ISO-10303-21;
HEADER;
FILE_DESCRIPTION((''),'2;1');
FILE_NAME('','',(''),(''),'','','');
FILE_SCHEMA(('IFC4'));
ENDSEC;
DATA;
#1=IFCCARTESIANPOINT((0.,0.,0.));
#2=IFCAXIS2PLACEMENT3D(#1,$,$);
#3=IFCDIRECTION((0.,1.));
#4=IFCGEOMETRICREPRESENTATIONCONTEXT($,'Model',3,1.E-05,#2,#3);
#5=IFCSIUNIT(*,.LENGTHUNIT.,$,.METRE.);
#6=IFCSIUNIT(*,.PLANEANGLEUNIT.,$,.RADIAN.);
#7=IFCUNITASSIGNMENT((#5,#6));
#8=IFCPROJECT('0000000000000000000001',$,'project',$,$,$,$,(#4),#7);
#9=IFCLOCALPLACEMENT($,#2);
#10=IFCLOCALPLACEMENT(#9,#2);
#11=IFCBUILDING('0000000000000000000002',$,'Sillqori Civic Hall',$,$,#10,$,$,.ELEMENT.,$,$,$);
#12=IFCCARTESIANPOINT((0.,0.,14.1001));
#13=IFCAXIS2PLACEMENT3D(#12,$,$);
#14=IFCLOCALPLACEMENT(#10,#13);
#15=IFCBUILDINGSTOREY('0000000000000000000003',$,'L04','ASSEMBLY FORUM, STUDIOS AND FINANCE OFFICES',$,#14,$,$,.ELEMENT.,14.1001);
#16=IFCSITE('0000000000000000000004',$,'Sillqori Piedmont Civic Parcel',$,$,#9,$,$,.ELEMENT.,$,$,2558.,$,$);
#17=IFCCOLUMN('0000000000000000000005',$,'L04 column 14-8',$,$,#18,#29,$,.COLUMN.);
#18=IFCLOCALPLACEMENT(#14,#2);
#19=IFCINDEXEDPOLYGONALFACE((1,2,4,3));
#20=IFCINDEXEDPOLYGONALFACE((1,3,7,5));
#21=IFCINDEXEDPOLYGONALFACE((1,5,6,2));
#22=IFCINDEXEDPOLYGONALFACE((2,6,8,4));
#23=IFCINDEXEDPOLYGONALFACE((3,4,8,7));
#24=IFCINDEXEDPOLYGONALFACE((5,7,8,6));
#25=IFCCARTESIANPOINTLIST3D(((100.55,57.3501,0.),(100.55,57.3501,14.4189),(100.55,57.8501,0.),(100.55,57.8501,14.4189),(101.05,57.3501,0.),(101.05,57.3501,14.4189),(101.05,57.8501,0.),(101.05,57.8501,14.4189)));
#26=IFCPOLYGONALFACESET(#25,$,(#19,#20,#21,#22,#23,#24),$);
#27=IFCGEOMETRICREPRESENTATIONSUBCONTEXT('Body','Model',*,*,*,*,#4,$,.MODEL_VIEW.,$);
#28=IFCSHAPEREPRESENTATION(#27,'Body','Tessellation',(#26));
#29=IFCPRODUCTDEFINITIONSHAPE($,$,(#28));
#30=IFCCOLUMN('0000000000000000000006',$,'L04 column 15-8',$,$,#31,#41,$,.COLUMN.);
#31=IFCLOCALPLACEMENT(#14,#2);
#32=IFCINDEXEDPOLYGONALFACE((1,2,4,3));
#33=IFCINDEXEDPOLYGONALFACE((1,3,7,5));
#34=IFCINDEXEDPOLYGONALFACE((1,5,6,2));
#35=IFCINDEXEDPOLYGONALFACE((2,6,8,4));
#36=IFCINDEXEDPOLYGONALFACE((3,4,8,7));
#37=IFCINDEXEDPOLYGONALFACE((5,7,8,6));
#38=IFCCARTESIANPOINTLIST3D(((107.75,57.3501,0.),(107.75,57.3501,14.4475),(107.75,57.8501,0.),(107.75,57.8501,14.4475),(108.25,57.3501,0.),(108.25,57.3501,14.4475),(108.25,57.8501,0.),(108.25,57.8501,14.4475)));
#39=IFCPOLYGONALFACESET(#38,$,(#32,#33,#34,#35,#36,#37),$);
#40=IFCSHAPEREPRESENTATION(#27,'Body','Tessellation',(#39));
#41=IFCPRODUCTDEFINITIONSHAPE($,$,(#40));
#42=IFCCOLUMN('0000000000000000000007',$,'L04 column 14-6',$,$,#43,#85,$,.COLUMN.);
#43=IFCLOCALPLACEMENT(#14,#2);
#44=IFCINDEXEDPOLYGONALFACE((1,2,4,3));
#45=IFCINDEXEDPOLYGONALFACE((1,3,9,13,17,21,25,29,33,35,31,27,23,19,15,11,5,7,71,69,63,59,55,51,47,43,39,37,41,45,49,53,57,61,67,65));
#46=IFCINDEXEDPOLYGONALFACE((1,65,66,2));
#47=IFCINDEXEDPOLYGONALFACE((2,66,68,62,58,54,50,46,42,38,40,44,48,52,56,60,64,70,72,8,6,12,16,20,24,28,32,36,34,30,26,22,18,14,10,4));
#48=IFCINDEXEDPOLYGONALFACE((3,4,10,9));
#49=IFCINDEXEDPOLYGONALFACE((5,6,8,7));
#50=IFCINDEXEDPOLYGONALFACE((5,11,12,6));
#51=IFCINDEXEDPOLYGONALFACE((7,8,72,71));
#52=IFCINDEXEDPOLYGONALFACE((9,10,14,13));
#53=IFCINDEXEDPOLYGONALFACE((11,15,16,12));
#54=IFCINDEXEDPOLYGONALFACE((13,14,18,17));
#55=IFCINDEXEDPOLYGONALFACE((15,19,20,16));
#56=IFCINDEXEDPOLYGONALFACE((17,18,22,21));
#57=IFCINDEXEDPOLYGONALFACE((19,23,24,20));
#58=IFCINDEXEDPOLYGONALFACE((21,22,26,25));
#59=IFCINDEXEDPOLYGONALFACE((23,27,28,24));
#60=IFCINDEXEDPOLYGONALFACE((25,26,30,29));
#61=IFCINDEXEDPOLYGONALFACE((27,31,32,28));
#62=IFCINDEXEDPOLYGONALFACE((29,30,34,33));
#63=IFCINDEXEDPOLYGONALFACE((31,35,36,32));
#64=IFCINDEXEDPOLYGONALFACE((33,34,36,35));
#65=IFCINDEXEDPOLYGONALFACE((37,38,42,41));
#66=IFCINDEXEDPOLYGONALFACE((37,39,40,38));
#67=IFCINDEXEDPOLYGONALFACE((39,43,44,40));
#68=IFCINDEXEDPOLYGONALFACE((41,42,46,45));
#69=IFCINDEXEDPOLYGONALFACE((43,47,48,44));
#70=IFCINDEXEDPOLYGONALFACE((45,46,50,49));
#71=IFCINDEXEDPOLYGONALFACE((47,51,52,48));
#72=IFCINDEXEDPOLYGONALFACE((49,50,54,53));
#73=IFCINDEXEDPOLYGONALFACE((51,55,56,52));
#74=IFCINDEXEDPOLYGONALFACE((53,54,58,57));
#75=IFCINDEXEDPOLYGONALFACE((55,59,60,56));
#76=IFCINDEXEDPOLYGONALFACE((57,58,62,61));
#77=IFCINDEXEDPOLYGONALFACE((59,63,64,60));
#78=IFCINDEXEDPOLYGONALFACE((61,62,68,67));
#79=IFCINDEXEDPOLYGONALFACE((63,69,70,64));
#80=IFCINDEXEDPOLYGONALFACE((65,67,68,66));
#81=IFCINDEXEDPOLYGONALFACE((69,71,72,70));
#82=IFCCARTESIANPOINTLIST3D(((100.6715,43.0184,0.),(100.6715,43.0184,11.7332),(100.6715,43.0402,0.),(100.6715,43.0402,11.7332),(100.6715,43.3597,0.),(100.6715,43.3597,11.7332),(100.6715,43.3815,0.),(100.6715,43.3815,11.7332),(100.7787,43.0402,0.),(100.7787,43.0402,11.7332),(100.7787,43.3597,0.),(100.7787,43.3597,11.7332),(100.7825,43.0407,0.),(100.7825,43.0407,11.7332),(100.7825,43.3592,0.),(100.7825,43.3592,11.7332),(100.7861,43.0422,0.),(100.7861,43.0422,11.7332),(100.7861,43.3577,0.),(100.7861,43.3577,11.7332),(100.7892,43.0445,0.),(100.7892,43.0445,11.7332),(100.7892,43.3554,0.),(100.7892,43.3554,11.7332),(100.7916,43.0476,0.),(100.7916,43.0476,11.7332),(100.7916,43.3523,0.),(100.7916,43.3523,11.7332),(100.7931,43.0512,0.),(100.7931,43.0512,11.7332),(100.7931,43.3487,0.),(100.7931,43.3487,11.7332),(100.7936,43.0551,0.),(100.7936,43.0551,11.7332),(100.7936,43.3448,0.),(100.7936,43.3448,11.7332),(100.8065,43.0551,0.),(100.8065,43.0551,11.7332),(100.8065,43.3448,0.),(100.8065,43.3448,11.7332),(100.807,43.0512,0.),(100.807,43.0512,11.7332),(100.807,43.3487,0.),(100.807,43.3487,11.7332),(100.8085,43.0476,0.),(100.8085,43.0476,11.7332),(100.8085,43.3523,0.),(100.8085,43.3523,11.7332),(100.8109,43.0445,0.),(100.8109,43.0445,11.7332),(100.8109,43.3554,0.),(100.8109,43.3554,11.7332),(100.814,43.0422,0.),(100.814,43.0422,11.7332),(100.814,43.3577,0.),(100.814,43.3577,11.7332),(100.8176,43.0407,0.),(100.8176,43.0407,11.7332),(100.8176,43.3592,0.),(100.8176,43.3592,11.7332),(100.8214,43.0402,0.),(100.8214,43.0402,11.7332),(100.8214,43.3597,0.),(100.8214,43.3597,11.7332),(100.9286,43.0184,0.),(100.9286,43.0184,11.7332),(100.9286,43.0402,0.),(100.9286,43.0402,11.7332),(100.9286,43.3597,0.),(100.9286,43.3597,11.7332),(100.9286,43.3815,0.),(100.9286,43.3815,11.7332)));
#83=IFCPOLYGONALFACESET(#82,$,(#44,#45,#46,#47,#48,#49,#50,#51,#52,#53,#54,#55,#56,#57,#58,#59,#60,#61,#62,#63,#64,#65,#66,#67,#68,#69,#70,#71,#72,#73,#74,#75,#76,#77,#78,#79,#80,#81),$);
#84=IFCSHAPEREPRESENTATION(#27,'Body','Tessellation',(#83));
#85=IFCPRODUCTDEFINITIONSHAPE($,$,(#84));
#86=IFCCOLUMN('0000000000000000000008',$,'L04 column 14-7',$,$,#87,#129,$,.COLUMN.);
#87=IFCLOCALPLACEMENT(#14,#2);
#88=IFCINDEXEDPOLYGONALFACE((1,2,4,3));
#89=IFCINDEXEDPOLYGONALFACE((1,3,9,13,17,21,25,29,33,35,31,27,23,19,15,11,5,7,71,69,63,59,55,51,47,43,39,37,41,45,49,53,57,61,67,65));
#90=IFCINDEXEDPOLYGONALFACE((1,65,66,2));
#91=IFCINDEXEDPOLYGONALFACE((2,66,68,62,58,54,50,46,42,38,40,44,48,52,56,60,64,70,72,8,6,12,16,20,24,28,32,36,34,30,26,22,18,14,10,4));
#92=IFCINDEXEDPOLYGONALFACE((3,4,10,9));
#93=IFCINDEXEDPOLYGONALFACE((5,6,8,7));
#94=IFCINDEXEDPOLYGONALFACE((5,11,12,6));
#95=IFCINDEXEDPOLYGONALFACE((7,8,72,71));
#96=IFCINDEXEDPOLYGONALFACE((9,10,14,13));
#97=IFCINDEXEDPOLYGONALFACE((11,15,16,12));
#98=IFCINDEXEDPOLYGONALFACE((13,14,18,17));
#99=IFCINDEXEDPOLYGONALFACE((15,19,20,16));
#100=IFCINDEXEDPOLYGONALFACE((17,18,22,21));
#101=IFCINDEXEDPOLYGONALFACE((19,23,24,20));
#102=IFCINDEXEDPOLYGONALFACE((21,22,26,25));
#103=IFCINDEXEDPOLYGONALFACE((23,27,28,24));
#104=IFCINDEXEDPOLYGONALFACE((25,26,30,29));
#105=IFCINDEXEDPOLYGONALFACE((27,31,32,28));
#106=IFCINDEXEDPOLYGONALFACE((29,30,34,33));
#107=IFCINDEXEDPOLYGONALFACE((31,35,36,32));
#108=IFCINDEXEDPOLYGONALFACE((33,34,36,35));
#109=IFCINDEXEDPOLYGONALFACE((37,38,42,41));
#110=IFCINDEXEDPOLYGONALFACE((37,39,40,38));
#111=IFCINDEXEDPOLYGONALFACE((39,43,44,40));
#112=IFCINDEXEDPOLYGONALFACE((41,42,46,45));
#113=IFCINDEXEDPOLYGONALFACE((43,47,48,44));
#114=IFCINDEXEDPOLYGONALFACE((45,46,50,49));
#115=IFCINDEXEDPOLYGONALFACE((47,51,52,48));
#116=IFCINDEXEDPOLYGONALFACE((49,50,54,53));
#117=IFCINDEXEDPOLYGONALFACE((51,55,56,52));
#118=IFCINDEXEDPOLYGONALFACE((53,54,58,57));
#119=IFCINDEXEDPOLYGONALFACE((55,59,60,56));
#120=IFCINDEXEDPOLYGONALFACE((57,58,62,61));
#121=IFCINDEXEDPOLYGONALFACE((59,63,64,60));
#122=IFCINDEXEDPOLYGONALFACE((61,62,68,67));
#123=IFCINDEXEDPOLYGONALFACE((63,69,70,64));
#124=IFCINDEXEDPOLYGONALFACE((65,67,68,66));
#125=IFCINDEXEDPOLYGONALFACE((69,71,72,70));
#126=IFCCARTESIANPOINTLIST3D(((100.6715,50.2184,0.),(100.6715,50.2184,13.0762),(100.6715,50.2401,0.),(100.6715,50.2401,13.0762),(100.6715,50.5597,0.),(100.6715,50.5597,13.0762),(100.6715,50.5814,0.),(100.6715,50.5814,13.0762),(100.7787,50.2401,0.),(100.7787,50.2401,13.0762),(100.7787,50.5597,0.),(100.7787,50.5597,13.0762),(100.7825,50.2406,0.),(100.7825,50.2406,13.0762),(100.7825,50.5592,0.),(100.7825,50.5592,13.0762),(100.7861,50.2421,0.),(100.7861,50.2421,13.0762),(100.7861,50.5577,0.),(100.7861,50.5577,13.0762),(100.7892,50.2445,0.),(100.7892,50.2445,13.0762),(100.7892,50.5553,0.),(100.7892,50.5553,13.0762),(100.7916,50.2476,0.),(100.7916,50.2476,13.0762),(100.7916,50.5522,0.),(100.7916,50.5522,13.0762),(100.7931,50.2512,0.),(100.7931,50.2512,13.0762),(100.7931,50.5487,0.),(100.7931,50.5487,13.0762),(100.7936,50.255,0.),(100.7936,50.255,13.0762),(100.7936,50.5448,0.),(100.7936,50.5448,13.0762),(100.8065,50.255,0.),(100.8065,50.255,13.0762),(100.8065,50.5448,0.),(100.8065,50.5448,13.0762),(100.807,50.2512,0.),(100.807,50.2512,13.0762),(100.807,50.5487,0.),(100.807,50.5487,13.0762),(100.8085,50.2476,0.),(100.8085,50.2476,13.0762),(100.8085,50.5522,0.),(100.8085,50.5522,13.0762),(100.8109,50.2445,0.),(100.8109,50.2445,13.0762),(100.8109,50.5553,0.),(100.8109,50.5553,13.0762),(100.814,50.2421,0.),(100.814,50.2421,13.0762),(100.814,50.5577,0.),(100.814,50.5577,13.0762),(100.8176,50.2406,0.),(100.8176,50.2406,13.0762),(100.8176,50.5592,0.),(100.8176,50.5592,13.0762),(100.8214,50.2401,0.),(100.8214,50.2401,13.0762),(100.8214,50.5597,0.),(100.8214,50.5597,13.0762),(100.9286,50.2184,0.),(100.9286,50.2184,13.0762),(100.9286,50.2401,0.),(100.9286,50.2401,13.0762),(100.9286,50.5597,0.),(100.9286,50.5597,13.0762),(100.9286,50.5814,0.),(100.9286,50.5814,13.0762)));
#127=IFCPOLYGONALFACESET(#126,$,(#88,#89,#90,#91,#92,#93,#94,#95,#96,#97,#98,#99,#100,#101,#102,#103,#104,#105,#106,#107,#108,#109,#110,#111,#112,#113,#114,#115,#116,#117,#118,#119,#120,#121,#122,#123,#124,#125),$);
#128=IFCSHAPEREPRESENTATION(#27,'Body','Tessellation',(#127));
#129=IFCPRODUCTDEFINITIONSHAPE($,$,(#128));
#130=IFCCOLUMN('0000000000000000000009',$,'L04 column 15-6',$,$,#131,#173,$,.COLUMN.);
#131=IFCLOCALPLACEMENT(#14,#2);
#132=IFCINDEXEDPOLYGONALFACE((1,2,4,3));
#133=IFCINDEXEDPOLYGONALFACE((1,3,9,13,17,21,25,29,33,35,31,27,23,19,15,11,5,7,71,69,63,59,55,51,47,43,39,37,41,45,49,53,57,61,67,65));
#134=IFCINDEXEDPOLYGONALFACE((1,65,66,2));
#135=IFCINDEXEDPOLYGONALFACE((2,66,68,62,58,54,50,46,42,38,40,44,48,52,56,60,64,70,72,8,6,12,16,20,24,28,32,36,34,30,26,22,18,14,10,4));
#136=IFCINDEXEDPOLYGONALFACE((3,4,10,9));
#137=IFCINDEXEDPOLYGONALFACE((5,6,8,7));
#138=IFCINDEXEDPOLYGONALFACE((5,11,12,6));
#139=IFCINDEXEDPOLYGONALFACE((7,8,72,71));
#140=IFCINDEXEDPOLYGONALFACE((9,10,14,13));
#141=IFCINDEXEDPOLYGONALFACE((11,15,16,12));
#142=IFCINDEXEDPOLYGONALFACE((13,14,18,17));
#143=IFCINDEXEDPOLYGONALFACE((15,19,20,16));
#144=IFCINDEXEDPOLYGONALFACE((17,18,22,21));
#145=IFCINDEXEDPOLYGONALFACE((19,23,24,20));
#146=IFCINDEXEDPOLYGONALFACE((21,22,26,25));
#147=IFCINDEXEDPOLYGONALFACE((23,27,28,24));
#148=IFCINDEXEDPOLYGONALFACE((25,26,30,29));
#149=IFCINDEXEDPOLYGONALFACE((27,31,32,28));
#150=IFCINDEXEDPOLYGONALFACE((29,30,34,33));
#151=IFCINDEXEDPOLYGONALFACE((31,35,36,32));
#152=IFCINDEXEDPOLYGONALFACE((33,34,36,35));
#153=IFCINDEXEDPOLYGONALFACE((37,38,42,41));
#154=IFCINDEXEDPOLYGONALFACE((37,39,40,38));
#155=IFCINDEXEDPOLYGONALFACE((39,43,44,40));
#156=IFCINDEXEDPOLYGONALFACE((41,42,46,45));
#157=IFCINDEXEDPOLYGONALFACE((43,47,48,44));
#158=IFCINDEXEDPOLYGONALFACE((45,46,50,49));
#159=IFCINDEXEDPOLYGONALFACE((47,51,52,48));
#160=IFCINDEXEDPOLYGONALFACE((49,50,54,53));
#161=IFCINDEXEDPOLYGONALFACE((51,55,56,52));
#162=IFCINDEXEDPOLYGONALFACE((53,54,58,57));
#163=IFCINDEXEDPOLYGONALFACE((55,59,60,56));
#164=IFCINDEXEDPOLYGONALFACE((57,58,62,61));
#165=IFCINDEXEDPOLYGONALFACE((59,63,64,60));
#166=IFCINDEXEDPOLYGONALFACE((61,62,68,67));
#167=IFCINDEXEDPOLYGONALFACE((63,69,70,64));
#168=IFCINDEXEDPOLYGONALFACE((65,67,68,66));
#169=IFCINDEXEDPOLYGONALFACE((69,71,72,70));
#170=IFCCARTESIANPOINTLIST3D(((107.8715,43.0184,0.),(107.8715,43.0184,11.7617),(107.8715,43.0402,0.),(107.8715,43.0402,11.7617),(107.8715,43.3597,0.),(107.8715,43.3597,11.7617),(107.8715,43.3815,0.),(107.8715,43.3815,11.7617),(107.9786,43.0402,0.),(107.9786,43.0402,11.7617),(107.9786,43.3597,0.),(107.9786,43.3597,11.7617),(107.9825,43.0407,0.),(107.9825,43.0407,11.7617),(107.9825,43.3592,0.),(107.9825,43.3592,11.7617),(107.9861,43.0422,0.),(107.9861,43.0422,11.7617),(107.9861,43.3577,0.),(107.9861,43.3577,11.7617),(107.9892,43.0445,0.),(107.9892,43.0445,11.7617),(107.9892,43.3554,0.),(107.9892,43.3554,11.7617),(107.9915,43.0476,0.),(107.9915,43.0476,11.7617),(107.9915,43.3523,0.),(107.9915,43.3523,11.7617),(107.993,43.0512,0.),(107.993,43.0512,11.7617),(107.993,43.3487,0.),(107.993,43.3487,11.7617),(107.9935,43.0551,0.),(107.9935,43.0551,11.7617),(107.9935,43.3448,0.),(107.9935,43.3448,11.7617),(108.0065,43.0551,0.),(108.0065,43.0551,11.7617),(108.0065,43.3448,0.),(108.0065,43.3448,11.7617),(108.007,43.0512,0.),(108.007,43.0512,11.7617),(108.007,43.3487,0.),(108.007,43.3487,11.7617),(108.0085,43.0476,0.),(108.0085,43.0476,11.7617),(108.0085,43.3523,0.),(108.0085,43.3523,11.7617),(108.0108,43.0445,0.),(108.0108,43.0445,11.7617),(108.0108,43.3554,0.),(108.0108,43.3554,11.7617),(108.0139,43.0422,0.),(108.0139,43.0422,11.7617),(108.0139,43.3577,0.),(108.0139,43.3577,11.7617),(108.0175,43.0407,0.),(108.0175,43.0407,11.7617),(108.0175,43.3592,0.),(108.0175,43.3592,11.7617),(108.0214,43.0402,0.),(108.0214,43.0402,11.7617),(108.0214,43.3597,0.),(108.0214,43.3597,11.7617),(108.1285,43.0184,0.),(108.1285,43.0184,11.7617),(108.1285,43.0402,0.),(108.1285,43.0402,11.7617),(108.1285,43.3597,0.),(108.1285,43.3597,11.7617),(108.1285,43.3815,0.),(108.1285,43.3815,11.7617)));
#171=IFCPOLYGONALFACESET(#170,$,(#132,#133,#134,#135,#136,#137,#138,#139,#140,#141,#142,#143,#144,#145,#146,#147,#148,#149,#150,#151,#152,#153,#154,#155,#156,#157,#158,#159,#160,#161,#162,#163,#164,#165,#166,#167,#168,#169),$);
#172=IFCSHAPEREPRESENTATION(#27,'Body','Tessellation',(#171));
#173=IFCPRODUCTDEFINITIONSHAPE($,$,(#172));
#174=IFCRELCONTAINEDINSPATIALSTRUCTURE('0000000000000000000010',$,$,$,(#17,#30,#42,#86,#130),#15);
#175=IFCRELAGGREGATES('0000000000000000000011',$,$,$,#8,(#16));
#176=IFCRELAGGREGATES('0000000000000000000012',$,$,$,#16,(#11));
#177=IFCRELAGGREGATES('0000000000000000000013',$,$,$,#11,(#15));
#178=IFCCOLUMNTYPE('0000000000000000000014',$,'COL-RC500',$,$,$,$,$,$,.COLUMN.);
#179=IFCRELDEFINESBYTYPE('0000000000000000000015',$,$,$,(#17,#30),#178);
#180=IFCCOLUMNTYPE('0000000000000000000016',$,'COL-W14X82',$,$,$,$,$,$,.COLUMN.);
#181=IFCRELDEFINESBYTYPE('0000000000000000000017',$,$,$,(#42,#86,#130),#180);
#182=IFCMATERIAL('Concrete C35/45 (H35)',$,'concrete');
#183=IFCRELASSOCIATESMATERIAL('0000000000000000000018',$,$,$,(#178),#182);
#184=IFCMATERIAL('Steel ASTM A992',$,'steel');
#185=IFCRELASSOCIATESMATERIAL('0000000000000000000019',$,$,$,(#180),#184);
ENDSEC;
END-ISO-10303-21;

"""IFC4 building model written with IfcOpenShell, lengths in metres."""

from ifc_helpers import new_model, si_unit, direction, frame, origin, origin_2d, place, context, subcontext, project, spatial, rectangle, i_section, extrude, material, material_profile, profile_set, type_object, element, save


model = new_model("IFC4")

# Units and contexts
model_context = context("Model", 3, precision=1e-05, world=origin(), true_north=direction((0.0, 1.0)))
body_context = subcontext(model_context, "Body", "Model", "MODEL_VIEW")
ifc_project = project(units=[si_unit("LENGTHUNIT", "METRE"), si_unit("PLANEANGLEUNIT", "RADIAN")], contexts=[model_context])

# Site, building, storey
site_placement = place(None, origin())
site = spatial("IfcSite", under=ifc_project, at=site_placement, Name="Sillqori Piedmont Civic Parcel", CompositionType="ELEMENT", RefElevation=2558.0)
building_placement = place(site_placement, origin())
building = spatial("IfcBuilding", under=site, at=building_placement, Name="Sillqori Civic Hall", CompositionType="ELEMENT")
storey_placement = place(building_placement, frame((0.0, 0.0, 14.1001)))
storey = spatial("IfcBuildingStorey", under=building, at=storey_placement, Name="L04", Description="ASSEMBLY FORUM, STUDIOS AND FINANCE OFFICES", CompositionType="ELEMENT", Elevation=14.1001)

# Columns
ifc_material_1 = material(Name="Concrete C35/45 (H35)", Category="concrete")
ifc_material_profile_1 = material_profile(ifc_material_1, rectangle(XDim=0.5, YDim=0.5, at=origin_2d()), Name="RC 500x500")
ifc_profile_set_1 = profile_set([ifc_material_profile_1], Name="Concrete C35/45 (H35)")
column_type_1 = type_object("IfcColumnType", Name="COL-RC500", PredefinedType="COLUMN", material=ifc_profile_set_1)
column_1_placement = place(storey_placement, frame((100.8, 57.6001, 0.0), z_axis=(0.0, 0.0, 1.0), x_axis=(1.0, 0.0, 0.0)))
element("IfcColumn", 1, at=column_1_placement, inside=storey, type_object=column_type_1, Name="L04 column 14-8", PredefinedType="COLUMN", context=body_context, shape_type="SweptSolid", body=[
    extrude(rectangle(XDim=0.5, YDim=0.5, at=origin_2d()), origin(), (0.0, 0.0, 1.0), 14.4189),
])
column_2_placement = place(storey_placement, frame((108.0, 57.6001, 0.0), z_axis=(0.0, 0.0, 1.0), x_axis=(1.0, 0.0, 0.0)))
element("IfcColumn", 2, at=column_2_placement, inside=storey, type_object=column_type_1, Name="L04 column 15-8", PredefinedType="COLUMN", context=body_context, shape_type="SweptSolid", body=[
    extrude(rectangle(XDim=0.5, YDim=0.5, at=origin_2d()), origin(), (0.0, 0.0, 1.0), 14.4475),
])
ifc_material_2 = material(Name="Steel ASTM A992", Category="steel")
ifc_material_profile_2 = material_profile(ifc_material_2, i_section(OverallWidth=0.2571, OverallDepth=0.363, WebThickness=0.0129, FlangeThickness=0.0217, FilletRadius=0.0149, at=origin_2d()), Name="W14X82")
ifc_profile_set_2 = profile_set([ifc_material_profile_2], Name="Steel ASTM A992")
column_type_2 = type_object("IfcColumnType", Name="COL-W14X82", PredefinedType="COLUMN", material=ifc_profile_set_2)
column_3_placement = place(storey_placement, frame((100.8, 43.2, 0.0), z_axis=(0.0, 0.0, 1.0), x_axis=(1.0, 0.0, 0.0)))
element("IfcColumn", 3, at=column_3_placement, inside=storey, type_object=column_type_2, Name="L04 column 14-6", PredefinedType="COLUMN", context=body_context, shape_type="SweptSolid", body=[
    extrude(i_section(OverallWidth=0.2571, OverallDepth=0.363, WebThickness=0.0129, FlangeThickness=0.0217, FilletRadius=0.0149, at=origin_2d()), origin(), (0.0, 0.0, 1.0), 11.7332),
])
column_4_placement = place(storey_placement, frame((100.8, 50.3999, 0.0), z_axis=(0.0, 0.0, 1.0), x_axis=(1.0, 0.0, 0.0)))
element("IfcColumn", 4, at=column_4_placement, inside=storey, type_object=column_type_2, Name="L04 column 14-7", PredefinedType="COLUMN", context=body_context, shape_type="SweptSolid", body=[
    extrude(i_section(OverallWidth=0.2571, OverallDepth=0.363, WebThickness=0.0129, FlangeThickness=0.0217, FilletRadius=0.0149, at=origin_2d()), origin(), (0.0, 0.0, 1.0), 13.0762),
])
column_5_placement = place(storey_placement, frame((108.0, 43.2, 0.0), z_axis=(0.0, 0.0, 1.0), x_axis=(1.0, 0.0, 0.0)))
element("IfcColumn", 5, at=column_5_placement, inside=storey, type_object=column_type_2, Name="L04 column 15-6", PredefinedType="COLUMN", context=body_context, shape_type="SweptSolid", body=[
    extrude(i_section(OverallWidth=0.2571, OverallDepth=0.363, WebThickness=0.0129, FlangeThickness=0.0217, FilletRadius=0.0149, at=origin_2d()), origin(), (0.0, 0.0, 1.0), 11.7617),
])

save(model, "model.ifc")
